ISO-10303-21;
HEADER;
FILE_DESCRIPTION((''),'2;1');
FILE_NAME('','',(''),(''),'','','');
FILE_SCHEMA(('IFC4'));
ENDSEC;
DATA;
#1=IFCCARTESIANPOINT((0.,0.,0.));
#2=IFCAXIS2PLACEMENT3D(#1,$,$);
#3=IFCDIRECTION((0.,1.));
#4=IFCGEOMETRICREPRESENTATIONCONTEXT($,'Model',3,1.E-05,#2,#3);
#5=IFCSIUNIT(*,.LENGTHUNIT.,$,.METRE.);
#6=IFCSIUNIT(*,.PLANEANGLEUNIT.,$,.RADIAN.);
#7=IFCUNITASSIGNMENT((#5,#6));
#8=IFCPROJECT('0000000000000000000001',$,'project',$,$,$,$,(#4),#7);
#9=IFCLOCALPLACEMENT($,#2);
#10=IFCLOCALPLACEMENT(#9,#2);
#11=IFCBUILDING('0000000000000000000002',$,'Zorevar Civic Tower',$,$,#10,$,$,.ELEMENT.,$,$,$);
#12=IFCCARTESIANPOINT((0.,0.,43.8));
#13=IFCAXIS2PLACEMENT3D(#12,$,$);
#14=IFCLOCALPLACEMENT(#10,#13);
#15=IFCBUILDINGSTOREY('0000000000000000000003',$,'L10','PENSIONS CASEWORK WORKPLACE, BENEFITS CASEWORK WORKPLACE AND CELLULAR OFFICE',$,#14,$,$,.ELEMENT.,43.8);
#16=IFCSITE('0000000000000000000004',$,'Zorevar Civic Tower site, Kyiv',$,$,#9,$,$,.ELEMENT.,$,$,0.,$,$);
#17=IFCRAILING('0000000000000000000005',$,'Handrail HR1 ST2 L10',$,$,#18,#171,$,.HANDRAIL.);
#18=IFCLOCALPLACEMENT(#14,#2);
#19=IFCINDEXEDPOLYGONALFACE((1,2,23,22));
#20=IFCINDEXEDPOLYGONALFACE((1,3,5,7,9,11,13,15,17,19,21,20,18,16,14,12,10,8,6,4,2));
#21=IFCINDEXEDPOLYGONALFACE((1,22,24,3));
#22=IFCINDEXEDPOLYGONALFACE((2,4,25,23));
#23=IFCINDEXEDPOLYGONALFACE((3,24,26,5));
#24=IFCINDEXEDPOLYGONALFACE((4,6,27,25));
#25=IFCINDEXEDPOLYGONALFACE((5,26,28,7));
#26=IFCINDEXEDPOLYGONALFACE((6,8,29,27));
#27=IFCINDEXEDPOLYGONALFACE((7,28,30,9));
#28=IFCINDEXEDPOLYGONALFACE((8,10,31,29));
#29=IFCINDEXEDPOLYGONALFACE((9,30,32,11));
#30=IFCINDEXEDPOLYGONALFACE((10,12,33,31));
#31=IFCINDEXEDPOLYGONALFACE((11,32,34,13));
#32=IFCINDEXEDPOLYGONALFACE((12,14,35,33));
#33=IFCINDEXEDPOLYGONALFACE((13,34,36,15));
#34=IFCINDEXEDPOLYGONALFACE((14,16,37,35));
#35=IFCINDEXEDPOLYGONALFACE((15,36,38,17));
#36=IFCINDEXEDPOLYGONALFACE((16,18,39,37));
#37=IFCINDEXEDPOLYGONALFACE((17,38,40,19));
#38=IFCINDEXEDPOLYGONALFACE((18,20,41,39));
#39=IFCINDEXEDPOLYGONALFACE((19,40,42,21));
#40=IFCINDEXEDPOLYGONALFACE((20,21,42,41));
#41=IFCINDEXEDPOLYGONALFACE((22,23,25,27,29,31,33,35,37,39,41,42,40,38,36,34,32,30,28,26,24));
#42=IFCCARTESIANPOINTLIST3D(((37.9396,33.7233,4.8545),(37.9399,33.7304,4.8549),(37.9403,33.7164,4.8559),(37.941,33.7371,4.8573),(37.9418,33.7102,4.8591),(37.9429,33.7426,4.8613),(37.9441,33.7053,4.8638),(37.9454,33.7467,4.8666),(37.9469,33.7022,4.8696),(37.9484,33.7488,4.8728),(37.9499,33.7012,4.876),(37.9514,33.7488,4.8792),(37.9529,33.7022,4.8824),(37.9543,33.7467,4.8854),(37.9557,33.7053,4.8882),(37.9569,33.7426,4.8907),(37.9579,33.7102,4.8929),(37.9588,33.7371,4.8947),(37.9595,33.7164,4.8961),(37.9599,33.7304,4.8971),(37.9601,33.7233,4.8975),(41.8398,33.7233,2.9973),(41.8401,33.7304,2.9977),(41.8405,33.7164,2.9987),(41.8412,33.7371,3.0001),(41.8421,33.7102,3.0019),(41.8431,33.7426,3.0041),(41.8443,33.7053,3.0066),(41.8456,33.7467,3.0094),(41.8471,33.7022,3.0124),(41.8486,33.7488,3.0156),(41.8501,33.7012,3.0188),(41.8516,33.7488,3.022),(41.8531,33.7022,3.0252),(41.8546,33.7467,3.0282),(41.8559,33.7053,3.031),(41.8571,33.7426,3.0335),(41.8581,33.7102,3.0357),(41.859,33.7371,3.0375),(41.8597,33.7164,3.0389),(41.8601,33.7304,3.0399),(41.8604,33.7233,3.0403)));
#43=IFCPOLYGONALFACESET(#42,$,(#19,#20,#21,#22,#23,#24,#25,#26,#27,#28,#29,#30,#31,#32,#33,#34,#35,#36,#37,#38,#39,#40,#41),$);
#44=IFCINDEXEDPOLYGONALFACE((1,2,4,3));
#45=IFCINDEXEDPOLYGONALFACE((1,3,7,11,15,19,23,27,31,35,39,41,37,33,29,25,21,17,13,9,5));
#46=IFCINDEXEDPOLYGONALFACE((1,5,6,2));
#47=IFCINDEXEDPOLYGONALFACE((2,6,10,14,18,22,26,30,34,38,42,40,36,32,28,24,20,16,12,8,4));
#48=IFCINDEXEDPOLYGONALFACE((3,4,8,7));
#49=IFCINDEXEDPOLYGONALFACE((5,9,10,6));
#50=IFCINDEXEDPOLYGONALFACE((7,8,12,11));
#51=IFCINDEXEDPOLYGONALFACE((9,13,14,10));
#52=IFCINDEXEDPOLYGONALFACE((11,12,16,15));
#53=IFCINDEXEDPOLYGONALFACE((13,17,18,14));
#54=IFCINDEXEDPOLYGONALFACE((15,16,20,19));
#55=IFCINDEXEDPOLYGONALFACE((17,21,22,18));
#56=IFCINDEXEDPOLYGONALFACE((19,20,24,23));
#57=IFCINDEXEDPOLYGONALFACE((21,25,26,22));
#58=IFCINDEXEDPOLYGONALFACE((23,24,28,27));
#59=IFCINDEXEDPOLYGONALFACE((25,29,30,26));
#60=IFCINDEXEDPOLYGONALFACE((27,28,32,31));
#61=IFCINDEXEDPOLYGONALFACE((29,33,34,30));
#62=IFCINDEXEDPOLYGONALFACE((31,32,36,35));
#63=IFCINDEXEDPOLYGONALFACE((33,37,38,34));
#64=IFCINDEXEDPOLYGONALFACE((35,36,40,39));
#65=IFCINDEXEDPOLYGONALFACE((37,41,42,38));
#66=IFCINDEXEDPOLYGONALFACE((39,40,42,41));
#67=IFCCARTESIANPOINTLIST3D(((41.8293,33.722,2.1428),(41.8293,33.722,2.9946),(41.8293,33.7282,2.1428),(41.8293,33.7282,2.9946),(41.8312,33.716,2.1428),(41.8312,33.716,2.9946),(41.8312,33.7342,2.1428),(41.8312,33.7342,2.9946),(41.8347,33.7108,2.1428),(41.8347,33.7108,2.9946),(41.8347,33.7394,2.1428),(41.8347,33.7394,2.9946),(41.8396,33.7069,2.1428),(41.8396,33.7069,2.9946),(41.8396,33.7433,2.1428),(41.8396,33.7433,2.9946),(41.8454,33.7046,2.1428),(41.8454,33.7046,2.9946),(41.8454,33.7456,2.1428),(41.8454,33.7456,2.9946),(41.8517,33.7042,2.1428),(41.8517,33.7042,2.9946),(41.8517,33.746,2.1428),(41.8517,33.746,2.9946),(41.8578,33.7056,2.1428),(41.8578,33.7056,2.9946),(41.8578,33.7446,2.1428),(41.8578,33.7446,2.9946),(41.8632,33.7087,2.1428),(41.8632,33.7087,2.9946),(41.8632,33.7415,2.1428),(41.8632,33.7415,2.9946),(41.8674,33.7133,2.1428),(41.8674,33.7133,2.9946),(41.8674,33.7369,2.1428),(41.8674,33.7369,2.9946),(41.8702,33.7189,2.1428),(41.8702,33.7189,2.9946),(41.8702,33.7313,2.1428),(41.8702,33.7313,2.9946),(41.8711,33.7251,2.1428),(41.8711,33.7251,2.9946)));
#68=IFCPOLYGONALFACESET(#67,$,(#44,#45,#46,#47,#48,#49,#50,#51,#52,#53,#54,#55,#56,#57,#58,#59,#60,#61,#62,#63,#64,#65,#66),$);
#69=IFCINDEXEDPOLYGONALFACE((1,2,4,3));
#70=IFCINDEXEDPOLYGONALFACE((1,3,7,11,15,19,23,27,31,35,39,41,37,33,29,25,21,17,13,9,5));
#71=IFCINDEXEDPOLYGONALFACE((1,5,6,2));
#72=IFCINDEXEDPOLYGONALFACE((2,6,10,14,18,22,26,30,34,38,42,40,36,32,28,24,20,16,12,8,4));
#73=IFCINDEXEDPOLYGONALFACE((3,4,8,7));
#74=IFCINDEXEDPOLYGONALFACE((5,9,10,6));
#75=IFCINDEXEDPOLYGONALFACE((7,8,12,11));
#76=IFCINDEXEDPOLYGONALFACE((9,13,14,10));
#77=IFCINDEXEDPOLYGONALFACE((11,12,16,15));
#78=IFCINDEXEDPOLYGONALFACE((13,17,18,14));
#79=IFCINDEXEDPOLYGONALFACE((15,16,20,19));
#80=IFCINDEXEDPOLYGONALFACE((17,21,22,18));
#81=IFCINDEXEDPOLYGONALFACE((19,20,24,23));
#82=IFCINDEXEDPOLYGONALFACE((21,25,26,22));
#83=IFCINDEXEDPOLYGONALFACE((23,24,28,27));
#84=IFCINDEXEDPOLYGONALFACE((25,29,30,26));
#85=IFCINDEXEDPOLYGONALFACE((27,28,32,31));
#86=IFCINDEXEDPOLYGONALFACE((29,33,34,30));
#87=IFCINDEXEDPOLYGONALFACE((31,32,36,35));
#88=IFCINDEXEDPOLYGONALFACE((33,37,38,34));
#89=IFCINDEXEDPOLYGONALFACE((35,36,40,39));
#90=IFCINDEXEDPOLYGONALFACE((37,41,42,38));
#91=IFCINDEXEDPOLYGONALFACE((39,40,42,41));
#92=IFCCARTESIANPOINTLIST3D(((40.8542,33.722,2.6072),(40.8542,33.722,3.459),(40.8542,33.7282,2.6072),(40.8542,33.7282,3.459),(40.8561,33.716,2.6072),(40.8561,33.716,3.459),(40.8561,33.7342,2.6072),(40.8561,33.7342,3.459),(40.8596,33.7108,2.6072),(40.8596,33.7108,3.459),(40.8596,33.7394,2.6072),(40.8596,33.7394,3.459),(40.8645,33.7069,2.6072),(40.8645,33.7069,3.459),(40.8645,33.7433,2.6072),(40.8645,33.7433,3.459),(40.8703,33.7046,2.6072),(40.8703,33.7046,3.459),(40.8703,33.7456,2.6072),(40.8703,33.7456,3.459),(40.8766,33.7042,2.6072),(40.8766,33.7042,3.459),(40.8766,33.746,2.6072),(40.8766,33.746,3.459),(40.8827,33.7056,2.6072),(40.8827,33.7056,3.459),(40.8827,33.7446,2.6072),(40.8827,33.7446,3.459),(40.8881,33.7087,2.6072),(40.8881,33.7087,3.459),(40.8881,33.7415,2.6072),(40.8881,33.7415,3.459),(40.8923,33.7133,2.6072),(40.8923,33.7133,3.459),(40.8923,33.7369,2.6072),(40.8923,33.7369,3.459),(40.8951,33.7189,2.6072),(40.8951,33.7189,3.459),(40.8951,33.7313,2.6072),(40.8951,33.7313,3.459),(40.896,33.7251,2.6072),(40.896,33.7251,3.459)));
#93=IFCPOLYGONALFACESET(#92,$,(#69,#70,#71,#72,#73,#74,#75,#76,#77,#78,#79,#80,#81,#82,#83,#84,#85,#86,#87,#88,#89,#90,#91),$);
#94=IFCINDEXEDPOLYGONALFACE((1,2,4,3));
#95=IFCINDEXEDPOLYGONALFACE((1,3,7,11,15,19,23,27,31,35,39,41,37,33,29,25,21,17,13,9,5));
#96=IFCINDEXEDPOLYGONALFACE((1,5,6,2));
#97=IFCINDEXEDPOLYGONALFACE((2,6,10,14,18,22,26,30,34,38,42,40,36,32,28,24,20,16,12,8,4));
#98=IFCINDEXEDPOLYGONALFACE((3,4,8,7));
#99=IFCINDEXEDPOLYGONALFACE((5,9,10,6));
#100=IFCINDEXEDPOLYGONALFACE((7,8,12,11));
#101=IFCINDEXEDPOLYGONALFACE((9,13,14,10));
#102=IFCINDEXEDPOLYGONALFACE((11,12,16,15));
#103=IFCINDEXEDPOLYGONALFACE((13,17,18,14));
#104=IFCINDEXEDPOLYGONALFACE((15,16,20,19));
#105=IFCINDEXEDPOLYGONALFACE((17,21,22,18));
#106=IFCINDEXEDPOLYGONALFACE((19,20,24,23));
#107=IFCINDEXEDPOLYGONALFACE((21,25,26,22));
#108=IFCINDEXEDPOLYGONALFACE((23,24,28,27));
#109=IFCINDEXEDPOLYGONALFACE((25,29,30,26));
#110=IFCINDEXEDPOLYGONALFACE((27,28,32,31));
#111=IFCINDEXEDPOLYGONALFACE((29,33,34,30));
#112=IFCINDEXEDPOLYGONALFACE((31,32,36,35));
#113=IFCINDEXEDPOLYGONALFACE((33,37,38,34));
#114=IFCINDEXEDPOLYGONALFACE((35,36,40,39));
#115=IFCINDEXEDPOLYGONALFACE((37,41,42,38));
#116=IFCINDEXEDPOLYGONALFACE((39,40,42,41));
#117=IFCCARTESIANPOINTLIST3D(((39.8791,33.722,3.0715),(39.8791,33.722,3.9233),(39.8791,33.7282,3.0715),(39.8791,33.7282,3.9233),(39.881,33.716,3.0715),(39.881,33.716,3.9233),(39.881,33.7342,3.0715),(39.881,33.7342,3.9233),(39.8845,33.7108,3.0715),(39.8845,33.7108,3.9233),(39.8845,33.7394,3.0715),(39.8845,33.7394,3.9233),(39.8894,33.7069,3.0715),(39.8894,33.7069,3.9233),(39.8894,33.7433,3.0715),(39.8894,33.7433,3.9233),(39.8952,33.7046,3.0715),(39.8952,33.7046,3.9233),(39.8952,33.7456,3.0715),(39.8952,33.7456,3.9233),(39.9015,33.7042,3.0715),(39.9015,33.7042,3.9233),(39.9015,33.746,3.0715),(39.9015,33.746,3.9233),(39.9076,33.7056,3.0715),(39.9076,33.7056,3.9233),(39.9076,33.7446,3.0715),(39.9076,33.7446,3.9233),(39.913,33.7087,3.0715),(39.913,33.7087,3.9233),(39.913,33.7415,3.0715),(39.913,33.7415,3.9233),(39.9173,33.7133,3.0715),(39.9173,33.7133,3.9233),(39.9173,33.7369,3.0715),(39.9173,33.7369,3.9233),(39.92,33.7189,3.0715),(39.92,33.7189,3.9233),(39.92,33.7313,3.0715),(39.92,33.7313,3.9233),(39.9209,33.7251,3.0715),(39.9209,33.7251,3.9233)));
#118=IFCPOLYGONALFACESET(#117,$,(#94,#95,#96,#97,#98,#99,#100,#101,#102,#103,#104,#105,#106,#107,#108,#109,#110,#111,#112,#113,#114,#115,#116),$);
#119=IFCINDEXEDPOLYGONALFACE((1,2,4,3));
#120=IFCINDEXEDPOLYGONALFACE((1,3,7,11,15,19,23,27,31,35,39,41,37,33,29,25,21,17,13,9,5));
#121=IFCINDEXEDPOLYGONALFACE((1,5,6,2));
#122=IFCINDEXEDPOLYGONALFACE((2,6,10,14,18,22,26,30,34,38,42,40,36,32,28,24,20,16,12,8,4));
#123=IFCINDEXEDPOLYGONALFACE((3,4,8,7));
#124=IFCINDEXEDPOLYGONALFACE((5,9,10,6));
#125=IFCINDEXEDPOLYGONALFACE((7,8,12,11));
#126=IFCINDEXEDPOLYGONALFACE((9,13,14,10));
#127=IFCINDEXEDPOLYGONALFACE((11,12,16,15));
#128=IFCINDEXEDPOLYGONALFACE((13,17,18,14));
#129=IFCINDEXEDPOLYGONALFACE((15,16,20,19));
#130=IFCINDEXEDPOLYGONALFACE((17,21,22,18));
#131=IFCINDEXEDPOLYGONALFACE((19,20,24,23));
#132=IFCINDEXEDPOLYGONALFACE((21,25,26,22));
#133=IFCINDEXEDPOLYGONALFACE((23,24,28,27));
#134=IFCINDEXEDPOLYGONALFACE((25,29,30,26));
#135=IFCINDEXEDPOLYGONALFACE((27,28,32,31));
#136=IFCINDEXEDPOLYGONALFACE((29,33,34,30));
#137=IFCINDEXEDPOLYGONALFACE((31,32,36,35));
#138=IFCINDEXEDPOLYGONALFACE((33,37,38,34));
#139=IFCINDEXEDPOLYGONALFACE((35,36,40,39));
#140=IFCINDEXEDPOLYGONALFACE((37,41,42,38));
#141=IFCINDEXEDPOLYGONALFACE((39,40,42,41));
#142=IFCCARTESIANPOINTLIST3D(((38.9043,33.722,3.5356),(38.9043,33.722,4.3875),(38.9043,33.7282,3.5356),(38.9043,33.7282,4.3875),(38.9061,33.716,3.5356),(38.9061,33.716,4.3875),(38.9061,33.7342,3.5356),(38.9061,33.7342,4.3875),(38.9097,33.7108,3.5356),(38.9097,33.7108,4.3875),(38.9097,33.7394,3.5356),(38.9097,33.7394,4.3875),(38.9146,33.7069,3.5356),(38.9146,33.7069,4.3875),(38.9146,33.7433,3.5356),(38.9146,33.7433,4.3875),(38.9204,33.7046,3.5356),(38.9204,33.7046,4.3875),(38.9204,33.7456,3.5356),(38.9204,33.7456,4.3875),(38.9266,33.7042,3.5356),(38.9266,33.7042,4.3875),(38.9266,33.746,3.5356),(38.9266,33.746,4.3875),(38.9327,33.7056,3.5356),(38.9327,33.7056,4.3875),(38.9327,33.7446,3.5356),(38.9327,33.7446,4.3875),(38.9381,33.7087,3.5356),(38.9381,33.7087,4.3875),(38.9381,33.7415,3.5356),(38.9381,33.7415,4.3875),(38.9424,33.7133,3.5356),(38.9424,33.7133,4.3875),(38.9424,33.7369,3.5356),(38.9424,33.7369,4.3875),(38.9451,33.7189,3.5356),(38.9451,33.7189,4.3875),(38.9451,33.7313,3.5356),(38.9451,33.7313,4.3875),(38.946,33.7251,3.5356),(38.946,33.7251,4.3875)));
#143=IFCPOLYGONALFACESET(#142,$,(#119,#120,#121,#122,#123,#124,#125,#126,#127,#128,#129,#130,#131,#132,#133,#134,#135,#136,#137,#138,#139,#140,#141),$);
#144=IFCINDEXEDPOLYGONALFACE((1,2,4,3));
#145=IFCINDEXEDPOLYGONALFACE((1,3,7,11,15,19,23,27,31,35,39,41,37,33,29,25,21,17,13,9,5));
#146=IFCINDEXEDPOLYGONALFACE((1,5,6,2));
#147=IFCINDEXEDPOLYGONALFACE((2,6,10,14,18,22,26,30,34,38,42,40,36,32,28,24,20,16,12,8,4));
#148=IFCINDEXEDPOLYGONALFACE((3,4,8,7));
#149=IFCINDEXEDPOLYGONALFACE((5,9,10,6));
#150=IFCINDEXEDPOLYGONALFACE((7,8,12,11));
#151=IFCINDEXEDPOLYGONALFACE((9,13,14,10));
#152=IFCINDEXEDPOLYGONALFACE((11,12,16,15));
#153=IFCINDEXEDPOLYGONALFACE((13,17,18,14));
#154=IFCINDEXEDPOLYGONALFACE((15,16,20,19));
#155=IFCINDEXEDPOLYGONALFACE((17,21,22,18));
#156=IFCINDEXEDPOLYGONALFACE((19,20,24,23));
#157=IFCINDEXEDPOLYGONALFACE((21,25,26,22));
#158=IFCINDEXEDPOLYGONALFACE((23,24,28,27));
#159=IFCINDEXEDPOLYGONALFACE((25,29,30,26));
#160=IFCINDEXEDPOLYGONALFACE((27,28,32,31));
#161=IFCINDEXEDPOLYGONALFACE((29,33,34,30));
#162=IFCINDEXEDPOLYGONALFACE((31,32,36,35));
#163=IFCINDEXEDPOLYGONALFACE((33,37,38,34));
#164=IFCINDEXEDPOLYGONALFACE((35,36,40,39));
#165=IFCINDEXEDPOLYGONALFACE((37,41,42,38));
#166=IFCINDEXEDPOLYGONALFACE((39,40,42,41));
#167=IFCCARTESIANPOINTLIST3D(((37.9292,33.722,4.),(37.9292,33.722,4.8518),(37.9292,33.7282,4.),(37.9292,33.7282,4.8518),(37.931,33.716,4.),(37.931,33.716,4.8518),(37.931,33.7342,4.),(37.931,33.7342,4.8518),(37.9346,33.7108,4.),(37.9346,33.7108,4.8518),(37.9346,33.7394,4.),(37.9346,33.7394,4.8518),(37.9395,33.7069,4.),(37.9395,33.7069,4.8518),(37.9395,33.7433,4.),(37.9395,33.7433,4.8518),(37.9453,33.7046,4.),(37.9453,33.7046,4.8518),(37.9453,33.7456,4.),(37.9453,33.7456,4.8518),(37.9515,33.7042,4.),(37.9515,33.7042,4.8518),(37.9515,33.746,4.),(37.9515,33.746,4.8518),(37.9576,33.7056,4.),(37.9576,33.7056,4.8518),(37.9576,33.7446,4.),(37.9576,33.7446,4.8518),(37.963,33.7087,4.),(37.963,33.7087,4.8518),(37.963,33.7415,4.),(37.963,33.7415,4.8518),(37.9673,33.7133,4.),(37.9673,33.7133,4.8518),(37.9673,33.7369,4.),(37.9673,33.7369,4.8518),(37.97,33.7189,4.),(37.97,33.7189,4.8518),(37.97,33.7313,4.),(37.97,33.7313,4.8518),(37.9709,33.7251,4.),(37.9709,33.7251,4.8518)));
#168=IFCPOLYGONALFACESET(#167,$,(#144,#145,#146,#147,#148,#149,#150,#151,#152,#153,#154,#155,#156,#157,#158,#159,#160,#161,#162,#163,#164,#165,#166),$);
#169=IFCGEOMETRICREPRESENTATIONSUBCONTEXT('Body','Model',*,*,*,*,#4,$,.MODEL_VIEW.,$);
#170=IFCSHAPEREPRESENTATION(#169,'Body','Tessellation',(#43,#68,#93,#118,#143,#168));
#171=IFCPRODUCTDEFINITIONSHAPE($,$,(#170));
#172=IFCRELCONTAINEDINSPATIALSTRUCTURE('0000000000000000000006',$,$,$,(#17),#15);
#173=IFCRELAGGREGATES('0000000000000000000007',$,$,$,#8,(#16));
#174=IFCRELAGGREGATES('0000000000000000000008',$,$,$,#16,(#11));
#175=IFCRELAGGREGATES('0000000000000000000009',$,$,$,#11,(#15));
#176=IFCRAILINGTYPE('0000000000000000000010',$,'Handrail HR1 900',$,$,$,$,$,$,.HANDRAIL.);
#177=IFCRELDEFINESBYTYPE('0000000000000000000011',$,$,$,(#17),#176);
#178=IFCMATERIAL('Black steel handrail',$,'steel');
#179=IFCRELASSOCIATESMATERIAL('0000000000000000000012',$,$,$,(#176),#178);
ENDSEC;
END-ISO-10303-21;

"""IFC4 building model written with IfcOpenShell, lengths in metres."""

from ifc_helpers import new_model, si_unit, direction, frame, origin, origin_2d, place, context, subcontext, project, spatial, circle, extrude, material, type_object, element, save


model = new_model("IFC4")

# Units and contexts
model_context = context("Model", 3, precision=1e-05, world=origin(), true_north=direction((0.0, 1.0)))
body_context = subcontext(model_context, "Body", "Model", "MODEL_VIEW")
ifc_project = project(units=[si_unit("LENGTHUNIT", "METRE"), si_unit("PLANEANGLEUNIT", "RADIAN")], contexts=[model_context])

# Site, building, storey
site_placement = place(None, origin())
site = spatial("IfcSite", under=ifc_project, at=site_placement, Name="Zorevar Civic Tower site, Kyiv", CompositionType="ELEMENT", RefElevation=0.0)
building_placement = place(site_placement, origin())
building = spatial("IfcBuilding", under=site, at=building_placement, Name="Zorevar Civic Tower", CompositionType="ELEMENT")
storey_placement = place(building_placement, frame((0.0, 0.0, 43.8)))
storey = spatial("IfcBuildingStorey", under=building, at=storey_placement, Name="L10", Description="PENSIONS CASEWORK WORKPLACE, BENEFITS CASEWORK WORKPLACE AND CELLULAR OFFICE", CompositionType="ELEMENT", Elevation=43.8)

# Railing
ifc_material_1 = material(Name="Black steel handrail", Category="steel")
railing_type = type_object("IfcRailingType", Name="Handrail HR1 900", PredefinedType="HANDRAIL", material=ifc_material_1)
railing_1_placement = place(storey_placement, frame((41.8501, 33.7251, 2.1428)))
element("IfcRailing", 1, at=railing_1_placement, inside=storey, type_object=railing_type, Name="Handrail HR1 ST2 L10", PredefinedType="HANDRAIL", context=body_context, shape_type="SweptSolid", body=[
    extrude(circle(Radius=0.0239, at=origin_2d()), frame((0.0, 0.0, 0.876), z_axis=(-0.902864, 0.0, 0.429927), x_axis=(0.0, -1.0, 0.0)), (0.0, 0.0, 1.0), 4.3198),
    extrude(circle(Radius=0.021, at=origin_2d()), origin(), (0.0, 0.0, 1.0), 0.8518),
    extrude(circle(Radius=0.021, at=origin_2d()), frame((-0.9751, 0.0, 0.4644)), (0.0, 0.0, 1.0), 0.8518),
    extrude(circle(Radius=0.021, at=origin_2d()), frame((-1.9502, 0.0, 0.9287)), (0.0, 0.0, 1.0), 0.8518),
    extrude(circle(Radius=0.021, at=origin_2d()), frame((-2.925, 0.0, 1.3928)), (0.0, 0.0, 1.0), 0.8518),
    extrude(circle(Radius=0.021, at=origin_2d()), frame((-3.9001, 0.0, 1.8572)), (0.0, 0.0, 1.0), 0.8518),
])

save(model, "model.ifc")
